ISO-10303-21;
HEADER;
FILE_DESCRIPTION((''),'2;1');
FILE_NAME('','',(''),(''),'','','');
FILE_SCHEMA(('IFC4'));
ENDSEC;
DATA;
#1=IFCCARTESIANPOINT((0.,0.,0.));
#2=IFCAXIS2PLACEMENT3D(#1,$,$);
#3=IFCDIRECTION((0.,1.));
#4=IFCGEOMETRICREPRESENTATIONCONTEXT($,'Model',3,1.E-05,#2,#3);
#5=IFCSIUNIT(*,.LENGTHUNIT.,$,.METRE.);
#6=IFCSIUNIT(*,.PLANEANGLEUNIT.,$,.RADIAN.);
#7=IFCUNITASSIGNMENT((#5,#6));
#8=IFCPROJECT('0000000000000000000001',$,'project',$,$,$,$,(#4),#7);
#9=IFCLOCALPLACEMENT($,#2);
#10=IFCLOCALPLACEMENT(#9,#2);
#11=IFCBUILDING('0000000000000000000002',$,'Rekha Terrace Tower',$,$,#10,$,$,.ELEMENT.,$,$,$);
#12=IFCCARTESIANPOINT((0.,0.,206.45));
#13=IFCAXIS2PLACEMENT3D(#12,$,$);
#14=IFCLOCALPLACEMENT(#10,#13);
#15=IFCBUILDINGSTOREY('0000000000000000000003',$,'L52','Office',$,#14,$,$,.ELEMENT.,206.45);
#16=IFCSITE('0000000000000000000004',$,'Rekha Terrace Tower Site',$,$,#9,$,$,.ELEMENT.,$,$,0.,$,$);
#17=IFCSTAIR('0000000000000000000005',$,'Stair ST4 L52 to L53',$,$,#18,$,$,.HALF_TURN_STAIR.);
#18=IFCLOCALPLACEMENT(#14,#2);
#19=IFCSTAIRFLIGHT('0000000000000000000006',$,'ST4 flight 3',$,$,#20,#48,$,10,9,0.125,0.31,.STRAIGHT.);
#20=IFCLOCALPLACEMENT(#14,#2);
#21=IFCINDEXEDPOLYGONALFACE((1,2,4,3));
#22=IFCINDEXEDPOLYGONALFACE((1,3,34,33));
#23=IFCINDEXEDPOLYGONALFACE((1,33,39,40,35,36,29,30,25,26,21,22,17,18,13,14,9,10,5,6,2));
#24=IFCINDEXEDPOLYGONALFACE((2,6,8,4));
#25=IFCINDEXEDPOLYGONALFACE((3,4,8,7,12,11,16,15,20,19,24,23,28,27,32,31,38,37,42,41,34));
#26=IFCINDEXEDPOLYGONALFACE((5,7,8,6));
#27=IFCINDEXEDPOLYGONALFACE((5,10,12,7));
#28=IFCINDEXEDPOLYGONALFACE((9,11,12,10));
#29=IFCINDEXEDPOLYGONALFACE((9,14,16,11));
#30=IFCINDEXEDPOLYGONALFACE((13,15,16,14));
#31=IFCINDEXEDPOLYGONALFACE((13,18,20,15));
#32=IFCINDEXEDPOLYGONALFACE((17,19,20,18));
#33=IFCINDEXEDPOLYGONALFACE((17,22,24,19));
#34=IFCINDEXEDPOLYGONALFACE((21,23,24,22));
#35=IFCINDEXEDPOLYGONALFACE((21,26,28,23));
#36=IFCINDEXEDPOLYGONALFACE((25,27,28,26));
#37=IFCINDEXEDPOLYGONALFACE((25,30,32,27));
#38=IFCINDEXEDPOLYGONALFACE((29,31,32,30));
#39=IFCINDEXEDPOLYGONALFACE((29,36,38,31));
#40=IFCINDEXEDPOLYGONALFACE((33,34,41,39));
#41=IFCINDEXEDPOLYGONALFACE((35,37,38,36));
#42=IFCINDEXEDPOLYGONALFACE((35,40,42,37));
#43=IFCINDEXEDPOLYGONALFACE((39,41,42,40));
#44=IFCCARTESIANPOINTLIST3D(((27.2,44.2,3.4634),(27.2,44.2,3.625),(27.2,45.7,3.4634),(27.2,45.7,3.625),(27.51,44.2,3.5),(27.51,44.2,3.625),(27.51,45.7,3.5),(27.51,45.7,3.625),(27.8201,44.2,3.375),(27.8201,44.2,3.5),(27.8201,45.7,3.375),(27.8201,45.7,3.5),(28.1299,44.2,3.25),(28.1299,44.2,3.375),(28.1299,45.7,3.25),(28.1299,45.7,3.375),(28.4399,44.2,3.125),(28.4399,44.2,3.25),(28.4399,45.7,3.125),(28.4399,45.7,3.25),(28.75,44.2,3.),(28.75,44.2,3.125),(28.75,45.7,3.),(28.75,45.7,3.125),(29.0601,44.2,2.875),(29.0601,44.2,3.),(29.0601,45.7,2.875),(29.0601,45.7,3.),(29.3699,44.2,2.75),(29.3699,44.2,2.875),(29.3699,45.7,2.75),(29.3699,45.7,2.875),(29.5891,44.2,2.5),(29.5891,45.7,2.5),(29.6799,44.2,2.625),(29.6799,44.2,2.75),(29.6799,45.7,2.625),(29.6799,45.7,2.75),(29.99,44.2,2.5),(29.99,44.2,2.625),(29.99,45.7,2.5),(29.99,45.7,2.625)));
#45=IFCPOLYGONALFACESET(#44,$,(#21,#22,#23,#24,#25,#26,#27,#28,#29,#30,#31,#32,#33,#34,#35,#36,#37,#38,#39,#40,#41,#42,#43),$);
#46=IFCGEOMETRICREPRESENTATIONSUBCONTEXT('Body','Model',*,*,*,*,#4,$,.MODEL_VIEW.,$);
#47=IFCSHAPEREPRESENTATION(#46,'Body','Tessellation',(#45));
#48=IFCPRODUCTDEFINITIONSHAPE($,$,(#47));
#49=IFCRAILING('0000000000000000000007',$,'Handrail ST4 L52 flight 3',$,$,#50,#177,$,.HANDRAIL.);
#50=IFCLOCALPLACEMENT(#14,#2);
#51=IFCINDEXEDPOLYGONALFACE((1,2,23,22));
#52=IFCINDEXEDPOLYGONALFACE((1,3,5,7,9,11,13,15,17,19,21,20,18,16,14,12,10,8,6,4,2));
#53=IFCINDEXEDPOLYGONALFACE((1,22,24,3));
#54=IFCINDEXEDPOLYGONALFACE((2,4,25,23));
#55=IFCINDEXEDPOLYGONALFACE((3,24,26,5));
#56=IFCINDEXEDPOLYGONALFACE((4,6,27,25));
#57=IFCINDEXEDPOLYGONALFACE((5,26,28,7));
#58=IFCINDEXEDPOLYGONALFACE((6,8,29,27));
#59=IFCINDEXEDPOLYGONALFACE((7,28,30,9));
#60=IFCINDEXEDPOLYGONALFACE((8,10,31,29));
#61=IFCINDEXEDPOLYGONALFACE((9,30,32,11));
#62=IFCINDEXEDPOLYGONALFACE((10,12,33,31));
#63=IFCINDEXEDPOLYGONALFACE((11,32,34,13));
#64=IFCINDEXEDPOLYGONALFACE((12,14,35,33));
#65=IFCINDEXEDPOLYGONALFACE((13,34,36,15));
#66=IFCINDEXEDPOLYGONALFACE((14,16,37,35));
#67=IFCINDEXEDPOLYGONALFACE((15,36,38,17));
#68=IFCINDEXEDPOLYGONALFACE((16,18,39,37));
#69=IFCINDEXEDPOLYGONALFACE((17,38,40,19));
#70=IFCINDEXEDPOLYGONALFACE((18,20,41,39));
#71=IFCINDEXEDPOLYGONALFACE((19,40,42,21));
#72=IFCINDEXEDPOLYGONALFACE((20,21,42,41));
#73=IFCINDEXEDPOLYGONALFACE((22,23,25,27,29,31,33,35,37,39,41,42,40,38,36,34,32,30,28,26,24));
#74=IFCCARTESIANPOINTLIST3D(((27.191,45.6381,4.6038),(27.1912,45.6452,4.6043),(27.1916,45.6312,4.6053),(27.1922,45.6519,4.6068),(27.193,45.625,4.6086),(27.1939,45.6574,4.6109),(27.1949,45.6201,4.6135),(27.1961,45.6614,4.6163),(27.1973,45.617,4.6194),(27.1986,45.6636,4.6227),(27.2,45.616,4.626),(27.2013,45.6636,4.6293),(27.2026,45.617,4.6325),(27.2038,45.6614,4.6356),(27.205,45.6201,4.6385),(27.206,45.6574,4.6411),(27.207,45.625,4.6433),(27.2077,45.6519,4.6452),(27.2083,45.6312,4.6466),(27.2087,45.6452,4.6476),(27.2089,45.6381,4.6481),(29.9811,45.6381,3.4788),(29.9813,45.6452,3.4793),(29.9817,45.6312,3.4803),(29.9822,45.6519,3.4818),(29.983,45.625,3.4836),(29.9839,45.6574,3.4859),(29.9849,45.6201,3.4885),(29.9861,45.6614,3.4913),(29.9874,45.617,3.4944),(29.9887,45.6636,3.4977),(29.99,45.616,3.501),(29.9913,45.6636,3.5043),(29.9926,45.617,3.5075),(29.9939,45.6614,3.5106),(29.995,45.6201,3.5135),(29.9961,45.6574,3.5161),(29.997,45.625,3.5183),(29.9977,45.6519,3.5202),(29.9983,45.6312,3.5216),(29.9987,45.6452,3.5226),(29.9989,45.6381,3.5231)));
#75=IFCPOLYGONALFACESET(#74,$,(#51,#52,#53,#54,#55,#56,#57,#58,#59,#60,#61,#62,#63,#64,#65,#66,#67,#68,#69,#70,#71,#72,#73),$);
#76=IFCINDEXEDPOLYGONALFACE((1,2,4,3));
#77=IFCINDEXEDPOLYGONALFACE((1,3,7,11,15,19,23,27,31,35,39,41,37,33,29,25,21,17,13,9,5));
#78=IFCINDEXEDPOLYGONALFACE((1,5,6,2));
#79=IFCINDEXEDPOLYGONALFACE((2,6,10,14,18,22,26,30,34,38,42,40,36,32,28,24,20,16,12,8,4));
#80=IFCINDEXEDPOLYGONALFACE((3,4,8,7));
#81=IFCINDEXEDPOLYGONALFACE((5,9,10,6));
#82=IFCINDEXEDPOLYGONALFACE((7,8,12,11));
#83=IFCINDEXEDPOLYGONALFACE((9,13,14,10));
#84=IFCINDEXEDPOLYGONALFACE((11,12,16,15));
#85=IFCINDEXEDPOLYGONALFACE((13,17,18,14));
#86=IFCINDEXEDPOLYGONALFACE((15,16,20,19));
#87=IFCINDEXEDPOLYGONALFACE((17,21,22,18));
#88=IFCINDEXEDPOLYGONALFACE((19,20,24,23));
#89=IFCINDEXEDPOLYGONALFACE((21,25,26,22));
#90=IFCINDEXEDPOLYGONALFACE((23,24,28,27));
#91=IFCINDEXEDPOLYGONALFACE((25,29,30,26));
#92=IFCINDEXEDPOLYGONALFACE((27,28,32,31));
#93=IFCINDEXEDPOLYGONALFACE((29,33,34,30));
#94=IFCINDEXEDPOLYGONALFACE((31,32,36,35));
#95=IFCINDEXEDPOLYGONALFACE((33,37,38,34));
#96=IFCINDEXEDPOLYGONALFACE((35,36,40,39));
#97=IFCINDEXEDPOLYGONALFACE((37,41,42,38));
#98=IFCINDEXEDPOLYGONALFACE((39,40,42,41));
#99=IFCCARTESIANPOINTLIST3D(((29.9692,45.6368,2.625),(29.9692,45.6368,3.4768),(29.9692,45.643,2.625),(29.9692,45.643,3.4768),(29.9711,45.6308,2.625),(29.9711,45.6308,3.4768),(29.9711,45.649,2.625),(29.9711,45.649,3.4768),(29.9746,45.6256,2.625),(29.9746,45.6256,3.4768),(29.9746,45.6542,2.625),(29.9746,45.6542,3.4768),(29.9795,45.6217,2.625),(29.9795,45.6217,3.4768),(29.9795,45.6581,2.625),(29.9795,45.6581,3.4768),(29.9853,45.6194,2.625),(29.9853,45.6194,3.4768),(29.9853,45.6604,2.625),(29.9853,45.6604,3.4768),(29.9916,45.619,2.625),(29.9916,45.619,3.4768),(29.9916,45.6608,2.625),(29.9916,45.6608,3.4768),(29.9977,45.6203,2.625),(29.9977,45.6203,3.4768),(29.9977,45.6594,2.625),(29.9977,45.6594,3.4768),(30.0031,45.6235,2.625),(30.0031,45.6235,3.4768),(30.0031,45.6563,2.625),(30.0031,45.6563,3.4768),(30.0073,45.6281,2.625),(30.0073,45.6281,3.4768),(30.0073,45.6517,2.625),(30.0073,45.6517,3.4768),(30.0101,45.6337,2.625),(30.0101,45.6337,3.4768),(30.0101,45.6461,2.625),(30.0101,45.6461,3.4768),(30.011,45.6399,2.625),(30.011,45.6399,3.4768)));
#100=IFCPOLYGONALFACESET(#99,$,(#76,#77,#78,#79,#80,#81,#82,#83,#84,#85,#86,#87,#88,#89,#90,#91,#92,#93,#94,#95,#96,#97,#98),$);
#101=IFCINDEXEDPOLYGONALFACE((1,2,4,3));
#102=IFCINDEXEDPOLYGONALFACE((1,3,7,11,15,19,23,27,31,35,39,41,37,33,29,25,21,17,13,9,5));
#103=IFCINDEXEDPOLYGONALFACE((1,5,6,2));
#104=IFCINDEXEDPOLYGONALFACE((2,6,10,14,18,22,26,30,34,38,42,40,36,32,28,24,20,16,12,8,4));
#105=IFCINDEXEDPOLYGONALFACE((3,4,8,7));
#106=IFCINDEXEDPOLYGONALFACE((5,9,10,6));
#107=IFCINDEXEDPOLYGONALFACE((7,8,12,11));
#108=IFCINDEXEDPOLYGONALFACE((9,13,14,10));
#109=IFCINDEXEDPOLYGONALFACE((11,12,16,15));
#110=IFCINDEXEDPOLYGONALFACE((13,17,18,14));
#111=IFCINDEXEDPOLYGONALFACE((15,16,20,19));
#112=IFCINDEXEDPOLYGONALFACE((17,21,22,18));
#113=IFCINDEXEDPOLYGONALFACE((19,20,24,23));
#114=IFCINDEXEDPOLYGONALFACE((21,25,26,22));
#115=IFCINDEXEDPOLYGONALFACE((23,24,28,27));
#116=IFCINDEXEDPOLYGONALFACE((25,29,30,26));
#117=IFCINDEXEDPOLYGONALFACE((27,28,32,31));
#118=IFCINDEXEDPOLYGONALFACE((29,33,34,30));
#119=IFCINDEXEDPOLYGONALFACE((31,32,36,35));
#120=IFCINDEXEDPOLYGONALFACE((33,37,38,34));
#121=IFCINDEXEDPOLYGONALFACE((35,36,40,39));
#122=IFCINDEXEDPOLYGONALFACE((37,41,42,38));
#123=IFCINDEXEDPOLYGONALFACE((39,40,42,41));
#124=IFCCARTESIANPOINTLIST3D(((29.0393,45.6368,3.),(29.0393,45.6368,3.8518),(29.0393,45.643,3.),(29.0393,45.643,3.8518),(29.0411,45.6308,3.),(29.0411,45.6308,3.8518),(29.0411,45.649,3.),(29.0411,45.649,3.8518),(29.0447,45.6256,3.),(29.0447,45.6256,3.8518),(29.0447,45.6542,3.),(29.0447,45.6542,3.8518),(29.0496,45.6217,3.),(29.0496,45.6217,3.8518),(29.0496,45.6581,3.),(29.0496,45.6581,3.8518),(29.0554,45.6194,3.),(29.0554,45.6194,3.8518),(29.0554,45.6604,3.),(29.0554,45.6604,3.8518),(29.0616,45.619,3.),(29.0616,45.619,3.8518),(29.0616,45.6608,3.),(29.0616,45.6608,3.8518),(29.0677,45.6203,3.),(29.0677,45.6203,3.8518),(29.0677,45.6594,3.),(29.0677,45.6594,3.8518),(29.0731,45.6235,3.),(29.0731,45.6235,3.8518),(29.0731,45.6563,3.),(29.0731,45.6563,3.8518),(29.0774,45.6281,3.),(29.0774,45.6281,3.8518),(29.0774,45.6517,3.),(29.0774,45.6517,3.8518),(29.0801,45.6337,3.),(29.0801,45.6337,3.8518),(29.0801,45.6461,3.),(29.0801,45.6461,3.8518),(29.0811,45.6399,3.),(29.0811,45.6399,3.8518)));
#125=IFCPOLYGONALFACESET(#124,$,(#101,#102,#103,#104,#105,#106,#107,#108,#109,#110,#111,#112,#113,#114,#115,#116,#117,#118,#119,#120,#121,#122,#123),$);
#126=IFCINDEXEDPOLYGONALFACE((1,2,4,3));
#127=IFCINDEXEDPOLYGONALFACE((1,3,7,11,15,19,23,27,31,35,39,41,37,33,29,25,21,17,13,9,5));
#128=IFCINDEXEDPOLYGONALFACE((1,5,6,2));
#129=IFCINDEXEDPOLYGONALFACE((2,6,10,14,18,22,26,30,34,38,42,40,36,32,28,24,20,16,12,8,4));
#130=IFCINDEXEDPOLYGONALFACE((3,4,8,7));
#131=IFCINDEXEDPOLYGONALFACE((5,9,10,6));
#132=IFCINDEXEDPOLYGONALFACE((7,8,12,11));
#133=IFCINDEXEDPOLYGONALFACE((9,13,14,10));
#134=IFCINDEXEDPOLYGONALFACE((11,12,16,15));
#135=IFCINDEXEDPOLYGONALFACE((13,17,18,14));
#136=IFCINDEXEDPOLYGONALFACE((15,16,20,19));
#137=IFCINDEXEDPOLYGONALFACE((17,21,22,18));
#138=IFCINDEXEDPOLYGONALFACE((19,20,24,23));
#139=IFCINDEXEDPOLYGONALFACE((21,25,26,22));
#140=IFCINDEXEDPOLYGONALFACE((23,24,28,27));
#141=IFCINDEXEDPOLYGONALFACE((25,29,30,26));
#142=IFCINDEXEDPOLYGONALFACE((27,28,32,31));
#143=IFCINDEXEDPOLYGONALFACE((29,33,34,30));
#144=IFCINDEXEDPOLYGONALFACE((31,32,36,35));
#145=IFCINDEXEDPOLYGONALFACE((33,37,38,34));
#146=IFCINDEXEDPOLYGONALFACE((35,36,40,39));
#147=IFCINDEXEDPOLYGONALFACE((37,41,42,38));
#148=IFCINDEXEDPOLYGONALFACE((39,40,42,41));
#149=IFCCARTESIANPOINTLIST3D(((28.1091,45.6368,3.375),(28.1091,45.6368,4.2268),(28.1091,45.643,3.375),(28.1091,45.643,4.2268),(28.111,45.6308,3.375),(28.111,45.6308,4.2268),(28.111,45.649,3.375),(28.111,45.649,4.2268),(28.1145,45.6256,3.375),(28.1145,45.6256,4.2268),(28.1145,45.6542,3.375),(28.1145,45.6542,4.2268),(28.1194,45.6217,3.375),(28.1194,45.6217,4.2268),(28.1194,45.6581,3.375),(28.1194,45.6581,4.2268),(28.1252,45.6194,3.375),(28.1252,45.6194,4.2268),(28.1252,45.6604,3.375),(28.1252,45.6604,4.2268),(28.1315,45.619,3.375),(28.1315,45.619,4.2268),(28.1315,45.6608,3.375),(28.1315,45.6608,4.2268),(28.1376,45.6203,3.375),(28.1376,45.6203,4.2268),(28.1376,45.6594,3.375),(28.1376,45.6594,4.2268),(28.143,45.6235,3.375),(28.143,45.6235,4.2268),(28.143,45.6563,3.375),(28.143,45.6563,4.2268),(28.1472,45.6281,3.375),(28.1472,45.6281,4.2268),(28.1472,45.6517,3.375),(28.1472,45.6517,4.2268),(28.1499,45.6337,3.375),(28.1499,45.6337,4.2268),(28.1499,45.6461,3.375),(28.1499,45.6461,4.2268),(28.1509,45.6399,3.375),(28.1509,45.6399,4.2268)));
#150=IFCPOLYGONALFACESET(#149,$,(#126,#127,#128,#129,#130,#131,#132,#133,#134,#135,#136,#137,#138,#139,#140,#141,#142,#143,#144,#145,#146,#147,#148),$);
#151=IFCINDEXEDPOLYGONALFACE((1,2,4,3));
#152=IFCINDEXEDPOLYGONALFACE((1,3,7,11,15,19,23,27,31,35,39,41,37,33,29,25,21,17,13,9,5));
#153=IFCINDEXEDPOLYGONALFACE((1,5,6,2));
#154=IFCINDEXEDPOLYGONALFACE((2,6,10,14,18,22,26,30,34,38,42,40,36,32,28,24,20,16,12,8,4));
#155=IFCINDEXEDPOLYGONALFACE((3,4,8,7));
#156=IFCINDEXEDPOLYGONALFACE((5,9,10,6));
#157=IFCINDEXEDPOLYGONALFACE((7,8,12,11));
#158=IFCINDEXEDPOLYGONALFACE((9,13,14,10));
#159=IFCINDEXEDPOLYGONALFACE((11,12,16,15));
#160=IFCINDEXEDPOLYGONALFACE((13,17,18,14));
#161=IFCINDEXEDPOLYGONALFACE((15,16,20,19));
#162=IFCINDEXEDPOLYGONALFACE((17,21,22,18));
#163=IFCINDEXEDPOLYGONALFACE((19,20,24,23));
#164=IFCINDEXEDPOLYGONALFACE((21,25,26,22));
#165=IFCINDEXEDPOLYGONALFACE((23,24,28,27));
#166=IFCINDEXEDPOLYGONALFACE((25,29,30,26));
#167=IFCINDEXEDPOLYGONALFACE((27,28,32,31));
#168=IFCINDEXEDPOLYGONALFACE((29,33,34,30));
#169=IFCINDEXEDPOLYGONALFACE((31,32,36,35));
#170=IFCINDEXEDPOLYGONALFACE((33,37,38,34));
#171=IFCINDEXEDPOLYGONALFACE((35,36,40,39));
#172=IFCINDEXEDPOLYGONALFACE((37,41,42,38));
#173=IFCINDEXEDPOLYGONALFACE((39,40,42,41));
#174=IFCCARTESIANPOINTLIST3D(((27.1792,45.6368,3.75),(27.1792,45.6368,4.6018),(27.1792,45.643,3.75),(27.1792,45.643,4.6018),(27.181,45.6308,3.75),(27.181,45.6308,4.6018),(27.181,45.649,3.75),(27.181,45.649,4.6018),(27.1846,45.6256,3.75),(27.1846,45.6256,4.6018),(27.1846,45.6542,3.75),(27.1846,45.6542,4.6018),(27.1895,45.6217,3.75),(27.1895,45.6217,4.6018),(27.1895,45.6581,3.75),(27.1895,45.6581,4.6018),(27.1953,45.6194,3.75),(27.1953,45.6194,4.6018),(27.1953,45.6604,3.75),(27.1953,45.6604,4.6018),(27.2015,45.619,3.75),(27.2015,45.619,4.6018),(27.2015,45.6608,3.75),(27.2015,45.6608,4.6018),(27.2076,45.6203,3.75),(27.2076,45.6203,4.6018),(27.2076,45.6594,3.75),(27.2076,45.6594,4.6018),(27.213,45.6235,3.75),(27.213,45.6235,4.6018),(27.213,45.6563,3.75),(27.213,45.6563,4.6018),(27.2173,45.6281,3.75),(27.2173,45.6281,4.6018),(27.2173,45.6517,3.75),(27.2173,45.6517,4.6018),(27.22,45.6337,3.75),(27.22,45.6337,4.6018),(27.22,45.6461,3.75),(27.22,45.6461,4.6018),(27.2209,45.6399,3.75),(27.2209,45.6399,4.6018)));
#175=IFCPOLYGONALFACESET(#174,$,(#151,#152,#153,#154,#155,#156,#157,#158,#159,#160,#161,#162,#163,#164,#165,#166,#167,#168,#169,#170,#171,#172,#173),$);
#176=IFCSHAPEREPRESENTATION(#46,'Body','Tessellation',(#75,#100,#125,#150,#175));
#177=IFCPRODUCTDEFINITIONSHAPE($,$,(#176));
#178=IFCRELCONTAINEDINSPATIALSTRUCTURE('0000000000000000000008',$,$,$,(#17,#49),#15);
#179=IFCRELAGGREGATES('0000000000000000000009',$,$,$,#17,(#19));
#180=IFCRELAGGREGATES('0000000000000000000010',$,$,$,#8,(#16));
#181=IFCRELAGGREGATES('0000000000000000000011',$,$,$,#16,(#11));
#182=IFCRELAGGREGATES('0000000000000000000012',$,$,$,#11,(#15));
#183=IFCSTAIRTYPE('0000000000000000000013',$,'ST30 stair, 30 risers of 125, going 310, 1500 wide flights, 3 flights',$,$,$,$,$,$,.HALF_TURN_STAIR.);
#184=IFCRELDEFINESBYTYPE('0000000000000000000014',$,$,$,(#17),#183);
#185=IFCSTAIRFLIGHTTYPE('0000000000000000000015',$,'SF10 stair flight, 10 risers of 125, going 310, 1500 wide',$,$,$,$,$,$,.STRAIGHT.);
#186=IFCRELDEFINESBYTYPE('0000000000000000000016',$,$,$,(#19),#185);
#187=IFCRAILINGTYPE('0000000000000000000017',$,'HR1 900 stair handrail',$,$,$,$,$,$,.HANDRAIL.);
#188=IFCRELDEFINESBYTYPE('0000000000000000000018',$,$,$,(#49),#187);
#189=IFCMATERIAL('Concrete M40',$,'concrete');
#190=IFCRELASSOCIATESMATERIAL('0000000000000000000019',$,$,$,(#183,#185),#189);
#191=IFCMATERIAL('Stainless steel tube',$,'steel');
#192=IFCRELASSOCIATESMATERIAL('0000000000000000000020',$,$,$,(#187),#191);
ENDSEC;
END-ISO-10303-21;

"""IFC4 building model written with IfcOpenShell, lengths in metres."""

from ifc_helpers import new_model, si_unit, direction, frame, origin, origin_2d, place, context, subcontext, project, spatial, polyline, circle, outline, extrude, material, type_object, element, aggregate, save


model = new_model("IFC4")

# Units and contexts
model_context = context("Model", 3, precision=1e-05, world=origin(), true_north=direction((0.0, 1.0)))
body_context = subcontext(model_context, "Body", "Model", "MODEL_VIEW")
ifc_project = project(units=[si_unit("LENGTHUNIT", "METRE"), si_unit("PLANEANGLEUNIT", "RADIAN")], contexts=[model_context])

# Site, building, storey
site_placement = place(None, origin())
site = spatial("IfcSite", under=ifc_project, at=site_placement, Name="Rekha Terrace Tower Site", CompositionType="ELEMENT", RefElevation=0.0)
building_placement = place(site_placement, origin())
building = spatial("IfcBuilding", under=site, at=building_placement, Name="Rekha Terrace Tower", CompositionType="ELEMENT")
storey_placement = place(building_placement, frame((0.0, 0.0, 206.45)))
storey = spatial("IfcBuildingStorey", under=building, at=storey_placement, Name="L52", Description="Office", CompositionType="ELEMENT", Elevation=206.45)

# Stair, stair flight
ifc_material_1 = material(Name="Concrete M40", Category="concrete")
stair_type = type_object("IfcStairType", Name="ST30 stair, 30 risers of 125, going 310, 1500 wide flights, 3 flights", PredefinedType="HALF_TURN_STAIR", material=ifc_material_1)
stair_placement = place(storey_placement, origin())
stair = element("IfcStair", 1, at=stair_placement, inside=storey, type_object=stair_type, Name="Stair ST4 L52 to L53", PredefinedType="HALF_TURN_STAIR")
stair_flight_type = type_object("IfcStairFlightType", Name="SF10 stair flight, 10 risers of 125, going 310, 1500 wide", PredefinedType="STRAIGHT", material=ifc_material_1)
stair_flight_placement = place(storey_placement, frame((29.99, 44.95, 2.5), z_axis=(0.0, 0.0, 1.0), x_axis=(-1.0, 0.0, 0.0)))
stair_flight = element("IfcStairFlight", 2, at=stair_flight_placement, type_object=stair_flight_type, Name="ST4 flight 3", NumberOfRisers=10, NumberOfTreads=9, PredefinedType="STRAIGHT", RiserHeight=0.125, TreadLength=0.31, context=body_context, shape_type="SweptSolid", body=[
    extrude(outline(polyline([(0.0, 0.0), (0.0, 0.125), (0.3101, 0.125), (0.3101, 0.25), (0.6201, 0.25), (0.6201, 0.375), (0.9299, 0.375), (0.9299, 0.5), (1.24, 0.5), (1.24, 0.625), (1.55, 0.625), (1.55, 0.75), (1.8601, 0.75), (1.8601, 0.875), (2.1699, 0.875), (2.1699, 1.0), (2.48, 1.0), (2.48, 1.125), (2.79, 1.125), (2.79, 1.25), (2.79, 0.9634), (0.4009, 0.0), (0.0, 0.0)])), frame((0.0, 0.75, 0.0), z_axis=(0.0, -1.0, 0.0), x_axis=(1.0, 0.0, 0.0)), (0.0, 0.0, 1.0), 1.5),
])
aggregate(stair, [stair_flight])

# Railing
ifc_material_2 = material(Name="Stainless steel tube", Category="steel")
railing_type = type_object("IfcRailingType", Name="HR1 900 stair handrail", PredefinedType="HANDRAIL", material=ifc_material_2)
railing_placement = place(storey_placement, frame((29.99, 45.6399, 2.625)))
element("IfcRailing", 3, at=railing_placement, inside=storey, type_object=railing_type, Name="Handrail ST4 L52 flight 3", PredefinedType="HANDRAIL", context=body_context, shape_type="SweptSolid", body=[
    extrude(circle(Radius=0.0239, at=origin_2d()), frame((0.0, 0.0, 0.876), z_axis=(-0.927443, 0.0, 0.373964), x_axis=(0.0, -1.0, 0.0)), (0.0, 0.0, 1.0), 3.0083),
    extrude(circle(Radius=0.021, at=origin_2d()), origin(), (0.0, 0.0, 1.0), 0.8518),
    extrude(circle(Radius=0.021, at=origin_2d()), frame((-0.9299, 0.0, 0.375)), (0.0, 0.0, 1.0), 0.8518),
    extrude(circle(Radius=0.021, at=origin_2d()), frame((-1.8601, 0.0, 0.75)), (0.0, 0.0, 1.0), 0.8518),
    extrude(circle(Radius=0.021, at=origin_2d()), frame((-2.79, 0.0, 1.125)), (0.0, 0.0, 1.0), 0.8518),
])

save(model, "model.ifc")
